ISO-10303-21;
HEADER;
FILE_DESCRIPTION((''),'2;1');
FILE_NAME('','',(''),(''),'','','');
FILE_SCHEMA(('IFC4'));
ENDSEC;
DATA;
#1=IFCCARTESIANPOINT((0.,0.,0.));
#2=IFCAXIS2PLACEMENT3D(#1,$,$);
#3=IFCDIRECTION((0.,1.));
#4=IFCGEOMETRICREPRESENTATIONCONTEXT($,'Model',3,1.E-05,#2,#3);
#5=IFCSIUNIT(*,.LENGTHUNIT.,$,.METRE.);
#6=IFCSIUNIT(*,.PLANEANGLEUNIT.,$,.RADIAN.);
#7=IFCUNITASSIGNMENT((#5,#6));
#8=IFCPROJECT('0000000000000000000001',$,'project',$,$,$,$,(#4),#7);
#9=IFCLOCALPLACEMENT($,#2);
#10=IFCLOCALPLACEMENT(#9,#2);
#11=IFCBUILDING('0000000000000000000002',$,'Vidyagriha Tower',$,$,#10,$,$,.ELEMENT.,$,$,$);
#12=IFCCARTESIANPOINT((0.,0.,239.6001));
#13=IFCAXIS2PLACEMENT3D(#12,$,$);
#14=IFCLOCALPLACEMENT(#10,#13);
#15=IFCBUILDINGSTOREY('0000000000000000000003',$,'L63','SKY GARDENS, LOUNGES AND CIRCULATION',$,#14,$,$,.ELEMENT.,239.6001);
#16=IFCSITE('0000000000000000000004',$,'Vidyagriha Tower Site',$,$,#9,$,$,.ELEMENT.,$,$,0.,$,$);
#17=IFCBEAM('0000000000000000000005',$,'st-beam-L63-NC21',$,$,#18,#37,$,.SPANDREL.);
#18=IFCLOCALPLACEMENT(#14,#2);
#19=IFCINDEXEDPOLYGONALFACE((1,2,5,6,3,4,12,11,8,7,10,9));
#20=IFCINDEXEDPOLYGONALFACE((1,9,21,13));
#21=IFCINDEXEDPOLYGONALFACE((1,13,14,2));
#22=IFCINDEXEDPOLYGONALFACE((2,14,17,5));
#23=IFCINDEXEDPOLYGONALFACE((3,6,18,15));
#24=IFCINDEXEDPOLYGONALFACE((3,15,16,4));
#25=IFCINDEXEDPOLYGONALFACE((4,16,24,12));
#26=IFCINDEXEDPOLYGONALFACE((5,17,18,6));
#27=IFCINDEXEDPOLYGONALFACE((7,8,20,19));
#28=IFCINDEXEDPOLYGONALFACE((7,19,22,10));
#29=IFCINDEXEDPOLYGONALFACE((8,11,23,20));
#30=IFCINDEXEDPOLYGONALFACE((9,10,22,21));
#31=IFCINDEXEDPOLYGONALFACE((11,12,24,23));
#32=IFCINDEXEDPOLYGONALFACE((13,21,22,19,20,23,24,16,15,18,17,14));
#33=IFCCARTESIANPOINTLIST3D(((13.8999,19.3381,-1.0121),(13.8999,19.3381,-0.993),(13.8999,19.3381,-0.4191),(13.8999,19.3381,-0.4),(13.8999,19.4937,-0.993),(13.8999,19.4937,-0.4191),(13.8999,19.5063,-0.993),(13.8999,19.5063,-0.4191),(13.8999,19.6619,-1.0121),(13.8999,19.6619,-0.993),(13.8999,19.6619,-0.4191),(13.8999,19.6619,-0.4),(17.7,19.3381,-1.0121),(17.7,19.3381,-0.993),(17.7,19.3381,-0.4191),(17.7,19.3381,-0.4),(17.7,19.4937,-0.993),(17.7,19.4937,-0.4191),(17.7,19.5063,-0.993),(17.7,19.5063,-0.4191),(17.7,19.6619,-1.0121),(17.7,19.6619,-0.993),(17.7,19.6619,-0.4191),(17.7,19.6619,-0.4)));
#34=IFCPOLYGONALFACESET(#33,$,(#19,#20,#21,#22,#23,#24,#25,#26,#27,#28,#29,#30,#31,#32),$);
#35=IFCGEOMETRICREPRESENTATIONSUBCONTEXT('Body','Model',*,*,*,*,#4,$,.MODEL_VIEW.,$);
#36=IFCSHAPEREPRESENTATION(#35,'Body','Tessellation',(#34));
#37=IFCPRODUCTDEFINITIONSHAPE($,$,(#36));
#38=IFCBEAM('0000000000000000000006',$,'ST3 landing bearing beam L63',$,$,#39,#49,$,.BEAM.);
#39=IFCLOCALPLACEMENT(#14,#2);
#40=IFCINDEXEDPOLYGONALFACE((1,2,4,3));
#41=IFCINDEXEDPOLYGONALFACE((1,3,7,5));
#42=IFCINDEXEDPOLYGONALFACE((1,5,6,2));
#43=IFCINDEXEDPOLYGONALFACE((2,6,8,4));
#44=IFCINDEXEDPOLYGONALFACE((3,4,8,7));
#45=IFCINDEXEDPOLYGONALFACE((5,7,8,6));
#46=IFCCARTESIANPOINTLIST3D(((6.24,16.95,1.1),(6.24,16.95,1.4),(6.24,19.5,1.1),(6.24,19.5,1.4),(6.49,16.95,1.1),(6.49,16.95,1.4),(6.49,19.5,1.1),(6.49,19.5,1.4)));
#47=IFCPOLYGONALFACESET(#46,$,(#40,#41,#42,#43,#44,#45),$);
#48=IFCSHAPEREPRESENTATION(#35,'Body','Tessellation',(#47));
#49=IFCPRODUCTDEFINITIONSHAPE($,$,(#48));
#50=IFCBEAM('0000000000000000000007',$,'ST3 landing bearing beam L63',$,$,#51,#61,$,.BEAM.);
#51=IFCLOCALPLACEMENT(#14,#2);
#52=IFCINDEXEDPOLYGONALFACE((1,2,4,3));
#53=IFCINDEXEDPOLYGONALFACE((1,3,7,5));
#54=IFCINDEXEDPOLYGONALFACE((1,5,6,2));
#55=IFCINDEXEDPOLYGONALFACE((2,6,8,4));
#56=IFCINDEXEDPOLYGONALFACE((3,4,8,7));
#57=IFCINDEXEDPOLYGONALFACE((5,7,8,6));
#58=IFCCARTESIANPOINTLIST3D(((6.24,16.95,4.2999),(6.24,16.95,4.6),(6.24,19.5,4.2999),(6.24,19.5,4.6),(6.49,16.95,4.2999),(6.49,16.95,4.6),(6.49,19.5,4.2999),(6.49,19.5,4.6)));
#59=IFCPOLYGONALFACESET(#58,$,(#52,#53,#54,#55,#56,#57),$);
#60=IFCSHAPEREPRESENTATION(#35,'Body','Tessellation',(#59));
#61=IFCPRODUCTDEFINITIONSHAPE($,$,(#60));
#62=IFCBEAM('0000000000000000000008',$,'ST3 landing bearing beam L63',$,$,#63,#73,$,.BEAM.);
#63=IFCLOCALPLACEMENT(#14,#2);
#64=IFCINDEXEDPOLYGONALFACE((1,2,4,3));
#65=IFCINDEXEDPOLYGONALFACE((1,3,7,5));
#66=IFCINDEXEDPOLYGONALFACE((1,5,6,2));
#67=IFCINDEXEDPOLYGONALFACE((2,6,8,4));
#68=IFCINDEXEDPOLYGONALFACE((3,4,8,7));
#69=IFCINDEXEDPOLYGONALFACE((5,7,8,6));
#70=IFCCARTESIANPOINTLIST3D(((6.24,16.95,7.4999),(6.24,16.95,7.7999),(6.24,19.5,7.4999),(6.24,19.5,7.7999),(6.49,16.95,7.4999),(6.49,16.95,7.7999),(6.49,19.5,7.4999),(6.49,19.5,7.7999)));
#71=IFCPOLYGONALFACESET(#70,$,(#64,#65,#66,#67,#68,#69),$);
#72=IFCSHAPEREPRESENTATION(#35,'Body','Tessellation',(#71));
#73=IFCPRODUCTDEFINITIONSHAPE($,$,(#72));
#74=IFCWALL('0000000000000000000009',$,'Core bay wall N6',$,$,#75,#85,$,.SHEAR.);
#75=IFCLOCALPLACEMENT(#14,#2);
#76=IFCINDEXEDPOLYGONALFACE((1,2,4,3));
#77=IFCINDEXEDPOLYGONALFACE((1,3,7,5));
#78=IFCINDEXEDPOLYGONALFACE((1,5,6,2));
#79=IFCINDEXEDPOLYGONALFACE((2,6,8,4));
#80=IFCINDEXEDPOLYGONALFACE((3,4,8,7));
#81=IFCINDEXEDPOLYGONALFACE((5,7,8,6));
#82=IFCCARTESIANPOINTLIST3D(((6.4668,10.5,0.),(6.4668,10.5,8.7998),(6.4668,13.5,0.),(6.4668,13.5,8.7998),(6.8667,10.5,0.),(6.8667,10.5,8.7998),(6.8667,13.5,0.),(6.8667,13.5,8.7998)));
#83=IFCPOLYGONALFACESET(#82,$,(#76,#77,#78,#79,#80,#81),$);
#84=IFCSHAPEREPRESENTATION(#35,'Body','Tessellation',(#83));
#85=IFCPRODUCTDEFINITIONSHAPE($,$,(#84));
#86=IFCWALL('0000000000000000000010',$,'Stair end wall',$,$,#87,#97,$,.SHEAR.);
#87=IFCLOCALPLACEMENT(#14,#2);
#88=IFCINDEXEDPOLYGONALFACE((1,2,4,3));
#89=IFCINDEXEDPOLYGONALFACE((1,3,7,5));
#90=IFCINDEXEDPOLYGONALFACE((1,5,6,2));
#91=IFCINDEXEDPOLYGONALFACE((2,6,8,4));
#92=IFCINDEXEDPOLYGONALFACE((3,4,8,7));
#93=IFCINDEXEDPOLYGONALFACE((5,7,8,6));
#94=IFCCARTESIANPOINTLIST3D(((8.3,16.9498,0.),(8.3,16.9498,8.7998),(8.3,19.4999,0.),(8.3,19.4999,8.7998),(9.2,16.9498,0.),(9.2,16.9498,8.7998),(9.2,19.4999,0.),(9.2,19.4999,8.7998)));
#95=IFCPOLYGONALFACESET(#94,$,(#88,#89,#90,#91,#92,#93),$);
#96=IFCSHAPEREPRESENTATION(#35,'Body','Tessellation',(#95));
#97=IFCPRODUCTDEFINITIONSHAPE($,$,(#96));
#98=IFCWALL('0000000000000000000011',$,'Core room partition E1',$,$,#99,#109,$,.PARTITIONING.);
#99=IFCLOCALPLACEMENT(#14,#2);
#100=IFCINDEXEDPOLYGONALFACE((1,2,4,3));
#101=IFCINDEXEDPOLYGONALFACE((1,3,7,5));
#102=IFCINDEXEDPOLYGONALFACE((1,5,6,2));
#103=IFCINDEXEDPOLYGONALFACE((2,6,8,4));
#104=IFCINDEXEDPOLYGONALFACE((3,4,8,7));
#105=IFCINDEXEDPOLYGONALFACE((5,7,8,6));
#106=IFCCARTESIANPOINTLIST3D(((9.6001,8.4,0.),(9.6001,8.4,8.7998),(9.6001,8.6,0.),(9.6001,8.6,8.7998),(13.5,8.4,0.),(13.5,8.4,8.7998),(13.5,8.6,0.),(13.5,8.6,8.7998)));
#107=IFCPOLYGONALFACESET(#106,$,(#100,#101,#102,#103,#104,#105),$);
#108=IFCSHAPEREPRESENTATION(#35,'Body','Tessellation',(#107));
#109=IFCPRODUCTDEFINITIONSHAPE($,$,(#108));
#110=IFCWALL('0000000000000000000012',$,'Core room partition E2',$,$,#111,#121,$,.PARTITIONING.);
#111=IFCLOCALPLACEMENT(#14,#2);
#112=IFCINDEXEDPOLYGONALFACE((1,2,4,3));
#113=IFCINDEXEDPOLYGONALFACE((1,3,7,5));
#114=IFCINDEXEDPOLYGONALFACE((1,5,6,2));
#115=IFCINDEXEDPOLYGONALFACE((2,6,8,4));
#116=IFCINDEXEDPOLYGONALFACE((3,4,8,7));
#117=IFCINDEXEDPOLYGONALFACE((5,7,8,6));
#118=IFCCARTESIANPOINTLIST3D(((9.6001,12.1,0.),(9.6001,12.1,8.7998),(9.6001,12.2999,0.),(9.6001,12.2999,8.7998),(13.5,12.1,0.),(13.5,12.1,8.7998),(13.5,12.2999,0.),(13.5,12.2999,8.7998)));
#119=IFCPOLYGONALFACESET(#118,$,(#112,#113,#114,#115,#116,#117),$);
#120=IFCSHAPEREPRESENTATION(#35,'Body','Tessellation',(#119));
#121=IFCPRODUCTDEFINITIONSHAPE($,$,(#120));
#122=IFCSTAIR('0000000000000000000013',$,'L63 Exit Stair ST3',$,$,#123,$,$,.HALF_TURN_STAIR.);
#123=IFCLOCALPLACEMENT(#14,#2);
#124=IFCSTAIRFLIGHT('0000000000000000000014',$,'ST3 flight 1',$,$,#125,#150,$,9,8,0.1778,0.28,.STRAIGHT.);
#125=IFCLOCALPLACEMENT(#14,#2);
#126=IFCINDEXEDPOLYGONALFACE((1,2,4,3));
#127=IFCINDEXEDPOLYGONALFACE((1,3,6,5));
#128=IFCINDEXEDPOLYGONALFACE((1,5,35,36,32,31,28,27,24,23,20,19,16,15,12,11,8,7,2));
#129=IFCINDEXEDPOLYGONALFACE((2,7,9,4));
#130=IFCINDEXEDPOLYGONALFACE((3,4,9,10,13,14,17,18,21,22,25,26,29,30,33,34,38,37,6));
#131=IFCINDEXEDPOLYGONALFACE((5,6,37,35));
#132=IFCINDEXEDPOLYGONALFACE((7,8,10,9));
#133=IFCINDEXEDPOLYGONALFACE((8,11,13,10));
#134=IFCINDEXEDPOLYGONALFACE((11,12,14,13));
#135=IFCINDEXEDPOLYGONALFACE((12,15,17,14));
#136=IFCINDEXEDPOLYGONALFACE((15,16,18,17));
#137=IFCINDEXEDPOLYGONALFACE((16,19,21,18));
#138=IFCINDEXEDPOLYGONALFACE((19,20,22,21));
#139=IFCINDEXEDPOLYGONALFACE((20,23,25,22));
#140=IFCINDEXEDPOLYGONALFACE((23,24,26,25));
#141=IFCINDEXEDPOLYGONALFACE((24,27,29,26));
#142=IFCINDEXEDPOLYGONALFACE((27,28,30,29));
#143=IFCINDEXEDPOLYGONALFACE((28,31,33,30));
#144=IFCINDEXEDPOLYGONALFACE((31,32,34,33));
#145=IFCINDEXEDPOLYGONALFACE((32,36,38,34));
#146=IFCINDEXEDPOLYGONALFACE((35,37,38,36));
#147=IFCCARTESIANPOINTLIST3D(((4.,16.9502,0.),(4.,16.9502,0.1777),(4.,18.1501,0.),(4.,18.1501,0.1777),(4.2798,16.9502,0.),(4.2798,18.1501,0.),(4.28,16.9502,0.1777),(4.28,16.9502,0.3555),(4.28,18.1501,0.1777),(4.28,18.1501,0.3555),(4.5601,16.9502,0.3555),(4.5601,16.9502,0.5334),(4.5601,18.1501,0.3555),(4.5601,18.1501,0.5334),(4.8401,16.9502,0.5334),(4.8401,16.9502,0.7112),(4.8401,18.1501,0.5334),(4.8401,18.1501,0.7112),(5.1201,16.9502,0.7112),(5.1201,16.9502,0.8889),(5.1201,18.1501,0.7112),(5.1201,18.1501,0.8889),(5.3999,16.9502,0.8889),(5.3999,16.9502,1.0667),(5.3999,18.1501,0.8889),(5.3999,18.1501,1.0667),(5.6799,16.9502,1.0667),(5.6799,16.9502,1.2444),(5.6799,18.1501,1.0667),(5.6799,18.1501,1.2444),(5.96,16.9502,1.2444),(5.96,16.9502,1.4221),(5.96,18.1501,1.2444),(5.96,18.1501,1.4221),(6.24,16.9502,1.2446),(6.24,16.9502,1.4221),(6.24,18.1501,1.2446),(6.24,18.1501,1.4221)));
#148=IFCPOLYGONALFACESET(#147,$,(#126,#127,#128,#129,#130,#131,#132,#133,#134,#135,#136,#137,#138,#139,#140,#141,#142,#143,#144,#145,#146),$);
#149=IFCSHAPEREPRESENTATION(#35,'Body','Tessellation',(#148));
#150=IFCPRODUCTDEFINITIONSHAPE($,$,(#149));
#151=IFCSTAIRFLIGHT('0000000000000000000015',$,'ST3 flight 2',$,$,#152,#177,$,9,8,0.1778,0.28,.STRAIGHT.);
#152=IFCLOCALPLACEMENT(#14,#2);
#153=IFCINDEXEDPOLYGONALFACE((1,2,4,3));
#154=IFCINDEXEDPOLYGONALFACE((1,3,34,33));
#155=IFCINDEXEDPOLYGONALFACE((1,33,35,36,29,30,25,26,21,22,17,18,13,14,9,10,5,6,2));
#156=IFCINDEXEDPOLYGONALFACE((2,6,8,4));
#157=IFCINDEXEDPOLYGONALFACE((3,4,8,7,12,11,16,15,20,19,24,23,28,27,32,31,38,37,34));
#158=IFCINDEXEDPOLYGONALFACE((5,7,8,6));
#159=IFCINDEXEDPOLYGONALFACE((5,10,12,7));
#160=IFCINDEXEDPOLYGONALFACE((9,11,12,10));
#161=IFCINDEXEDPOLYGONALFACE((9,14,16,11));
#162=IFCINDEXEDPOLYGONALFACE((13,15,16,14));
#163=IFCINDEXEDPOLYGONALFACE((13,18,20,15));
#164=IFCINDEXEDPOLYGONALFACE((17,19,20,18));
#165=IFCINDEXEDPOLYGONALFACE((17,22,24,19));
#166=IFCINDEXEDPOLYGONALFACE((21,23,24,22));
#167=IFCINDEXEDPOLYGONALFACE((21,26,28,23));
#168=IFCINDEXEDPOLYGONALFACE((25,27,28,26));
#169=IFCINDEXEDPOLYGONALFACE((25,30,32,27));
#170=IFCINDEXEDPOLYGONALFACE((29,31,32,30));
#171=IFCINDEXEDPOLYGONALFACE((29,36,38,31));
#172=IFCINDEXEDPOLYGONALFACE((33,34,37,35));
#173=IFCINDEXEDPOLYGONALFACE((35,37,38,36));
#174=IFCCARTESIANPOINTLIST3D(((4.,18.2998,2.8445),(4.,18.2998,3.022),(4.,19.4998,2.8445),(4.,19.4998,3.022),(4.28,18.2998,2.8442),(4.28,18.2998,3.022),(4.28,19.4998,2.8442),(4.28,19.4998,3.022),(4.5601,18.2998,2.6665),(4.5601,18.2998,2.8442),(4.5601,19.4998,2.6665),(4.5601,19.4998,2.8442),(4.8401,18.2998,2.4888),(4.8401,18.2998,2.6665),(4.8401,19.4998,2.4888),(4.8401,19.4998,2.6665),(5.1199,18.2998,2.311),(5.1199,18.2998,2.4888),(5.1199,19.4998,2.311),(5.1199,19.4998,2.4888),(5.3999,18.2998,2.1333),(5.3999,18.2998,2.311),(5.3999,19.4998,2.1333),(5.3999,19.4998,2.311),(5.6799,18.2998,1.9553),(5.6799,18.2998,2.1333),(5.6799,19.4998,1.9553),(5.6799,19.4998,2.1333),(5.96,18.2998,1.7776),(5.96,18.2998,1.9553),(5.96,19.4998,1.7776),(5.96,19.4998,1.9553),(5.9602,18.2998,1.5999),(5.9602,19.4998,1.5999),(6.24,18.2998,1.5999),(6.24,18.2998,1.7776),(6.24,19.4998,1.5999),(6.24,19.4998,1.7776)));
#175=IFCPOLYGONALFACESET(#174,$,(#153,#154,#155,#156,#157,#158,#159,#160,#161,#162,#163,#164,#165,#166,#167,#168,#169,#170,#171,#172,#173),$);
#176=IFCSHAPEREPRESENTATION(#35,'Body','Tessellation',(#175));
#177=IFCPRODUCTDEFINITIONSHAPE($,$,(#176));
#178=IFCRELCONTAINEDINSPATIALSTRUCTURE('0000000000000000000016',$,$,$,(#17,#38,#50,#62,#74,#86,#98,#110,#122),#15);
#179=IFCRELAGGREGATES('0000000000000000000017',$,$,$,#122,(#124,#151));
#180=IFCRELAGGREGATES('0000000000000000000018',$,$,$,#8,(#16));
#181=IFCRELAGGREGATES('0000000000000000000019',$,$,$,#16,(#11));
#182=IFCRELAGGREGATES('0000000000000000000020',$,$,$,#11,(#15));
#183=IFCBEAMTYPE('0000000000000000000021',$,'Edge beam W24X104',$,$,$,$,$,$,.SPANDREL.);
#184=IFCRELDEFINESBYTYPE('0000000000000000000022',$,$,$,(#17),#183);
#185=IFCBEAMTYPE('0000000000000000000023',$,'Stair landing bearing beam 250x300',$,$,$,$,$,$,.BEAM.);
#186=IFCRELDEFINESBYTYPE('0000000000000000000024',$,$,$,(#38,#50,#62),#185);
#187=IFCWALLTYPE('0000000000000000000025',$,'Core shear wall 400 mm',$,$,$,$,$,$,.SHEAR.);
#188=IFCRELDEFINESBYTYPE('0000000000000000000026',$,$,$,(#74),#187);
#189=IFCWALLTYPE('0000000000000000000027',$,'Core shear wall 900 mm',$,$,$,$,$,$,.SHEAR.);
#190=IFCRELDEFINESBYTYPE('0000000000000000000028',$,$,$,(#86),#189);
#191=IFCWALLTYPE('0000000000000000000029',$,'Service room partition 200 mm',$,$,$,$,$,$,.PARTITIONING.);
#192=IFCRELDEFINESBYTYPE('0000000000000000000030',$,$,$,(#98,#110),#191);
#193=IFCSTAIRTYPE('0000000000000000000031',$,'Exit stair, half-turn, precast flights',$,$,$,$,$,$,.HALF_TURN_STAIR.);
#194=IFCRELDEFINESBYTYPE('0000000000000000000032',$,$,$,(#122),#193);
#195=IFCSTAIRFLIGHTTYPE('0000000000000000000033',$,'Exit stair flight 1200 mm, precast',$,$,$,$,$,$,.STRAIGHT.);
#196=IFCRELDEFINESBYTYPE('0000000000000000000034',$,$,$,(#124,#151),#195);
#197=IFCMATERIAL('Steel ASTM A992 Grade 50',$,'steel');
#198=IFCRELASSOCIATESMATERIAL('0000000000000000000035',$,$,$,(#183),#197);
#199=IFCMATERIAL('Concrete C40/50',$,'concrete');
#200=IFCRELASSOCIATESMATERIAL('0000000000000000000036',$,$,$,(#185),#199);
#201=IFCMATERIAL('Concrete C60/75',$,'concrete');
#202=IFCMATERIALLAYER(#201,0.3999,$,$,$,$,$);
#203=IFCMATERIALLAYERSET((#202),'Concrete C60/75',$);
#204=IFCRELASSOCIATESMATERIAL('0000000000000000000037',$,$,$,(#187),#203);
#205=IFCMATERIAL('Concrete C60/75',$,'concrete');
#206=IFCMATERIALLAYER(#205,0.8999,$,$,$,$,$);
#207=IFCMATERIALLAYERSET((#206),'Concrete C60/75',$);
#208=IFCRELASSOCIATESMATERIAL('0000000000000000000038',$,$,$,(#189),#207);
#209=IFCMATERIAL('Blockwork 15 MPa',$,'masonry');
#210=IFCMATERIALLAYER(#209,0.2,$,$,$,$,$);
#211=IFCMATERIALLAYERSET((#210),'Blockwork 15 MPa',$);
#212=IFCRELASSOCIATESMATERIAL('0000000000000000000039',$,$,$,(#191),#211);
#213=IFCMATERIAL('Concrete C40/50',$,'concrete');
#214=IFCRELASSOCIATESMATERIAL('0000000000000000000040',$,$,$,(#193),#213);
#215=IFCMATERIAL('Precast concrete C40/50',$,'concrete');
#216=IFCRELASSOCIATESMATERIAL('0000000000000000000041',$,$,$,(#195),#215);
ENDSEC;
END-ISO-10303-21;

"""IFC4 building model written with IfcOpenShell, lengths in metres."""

from ifc_helpers import new_model, si_unit, direction, frame, frame_2d, origin, origin_2d, place, context, subcontext, project, spatial, polyline, rectangle, i_section, outline, extrude, material, layer, layer_set, material_profile, profile_set, type_object, element, aggregate, save


model = new_model("IFC4")

# Units and contexts
model_context = context("Model", 3, precision=1e-05, world=origin(), true_north=direction((0.0, 1.0)))
body_context = subcontext(model_context, "Body", "Model", "MODEL_VIEW")
ifc_project = project(units=[si_unit("LENGTHUNIT", "METRE"), si_unit("PLANEANGLEUNIT", "RADIAN")], contexts=[model_context])

# Site, building, storey
site_placement = place(None, origin())
site = spatial("IfcSite", under=ifc_project, at=site_placement, Name="Vidyagriha Tower Site", CompositionType="ELEMENT", RefElevation=0.0)
building_placement = place(site_placement, origin())
building = spatial("IfcBuilding", under=site, at=building_placement, Name="Vidyagriha Tower", CompositionType="ELEMENT")
storey_placement = place(building_placement, frame((0.0, 0.0, 239.6001)))
storey = spatial("IfcBuildingStorey", under=building, at=storey_placement, Name="L63", Description="SKY GARDENS, LOUNGES AND CIRCULATION", CompositionType="ELEMENT", Elevation=239.6001)

# Beams
ifc_material_1 = material(Name="Steel ASTM A992 Grade 50", Category="steel")
ifc_material_profile_1 = material_profile(ifc_material_1, i_section(OverallWidth=0.3237, OverallDepth=0.6121, WebThickness=0.0127, FlangeThickness=0.019, at=origin_2d()), Name="W24X104")
ifc_profile_set_1 = profile_set([ifc_material_profile_1], Name="Steel ASTM A992 Grade 50")
beam_type_1 = type_object("IfcBeamType", Name="Edge beam W24X104", PredefinedType="SPANDREL", material=ifc_profile_set_1)
beam_placement = place(storey_placement, frame((13.8999, 19.5, -0.7061), z_axis=(1.0, 0.0, 0.0), x_axis=(0.0, 1.0, 0.0)))
element("IfcBeam", 1, at=beam_placement, inside=storey, type_object=beam_type_1, Name="st-beam-L63-NC21", PredefinedType="SPANDREL", context=body_context, shape_type="SweptSolid", body=[
    extrude(i_section(OverallWidth=0.3237, OverallDepth=0.6121, WebThickness=0.0127, FlangeThickness=0.019, at=origin_2d()), origin(), (0.0, 0.0, 1.0), 3.8),
])
ifc_material_2 = material(Name="Concrete C40/50", Category="concrete")
ifc_material_profile_2 = material_profile(ifc_material_2, rectangle(XDim=0.25, YDim=0.3, at=origin_2d()), Name="Stair landing bearing beam 250x300")
ifc_profile_set_2 = profile_set([ifc_material_profile_2], Name="Concrete C40/50")
beam_type_2 = type_object("IfcBeamType", Name="Stair landing bearing beam 250x300", PredefinedType="BEAM", material=ifc_profile_set_2)
for number, where, z_axis, x_axis, name in (
    (2, (6.365, 16.95, 1.25), (0.0, 1.0, 0.0), (-1.0, 0.0, 0.0), "ST3 landing bearing beam L63"),
    (3, (6.365, 16.95, 4.45), (0.0, 1.0, 0.0), (-1.0, 0.0, 0.0), "ST3 landing bearing beam L63"),
    (4, (6.365, 16.95, 7.6499), (0.0, 1.0, 0.0), (-1.0, 0.0, 0.0), "ST3 landing bearing beam L63"),
):
    element("IfcBeam", number, at=place(storey_placement, frame(where, z_axis=z_axis, x_axis=x_axis)), inside=storey, type_object=beam_type_2, Name=name, PredefinedType="BEAM", context=body_context, shape_type="SweptSolid", body=[
        extrude(rectangle(XDim=0.25, YDim=0.3, at=origin_2d()), origin(), (0.0, 0.0, 1.0), 2.55),
    ])

# Walls
ifc_material_3 = material(Name="Concrete C60/75", Category="concrete")
ifc_layer_1 = layer(ifc_material_3, 0.3999)
ifc_layer_set_1 = layer_set([ifc_layer_1], Name="Concrete C60/75")
wall_type_1 = type_object("IfcWallType", Name="Core shear wall 400 mm", PredefinedType="SHEAR", material=ifc_layer_set_1)
wall_1_placement = place(storey_placement, frame((6.6667, 10.5, 0.0), z_axis=(0.0, 0.0, 1.0), x_axis=(0.0, 1.0, 0.0)))
element("IfcWall", 5, at=wall_1_placement, inside=storey, type_object=wall_type_1, Name="Core bay wall N6", PredefinedType="SHEAR", context=body_context, shape_type="SweptSolid", body=[
    extrude(rectangle(XDim=3.0, YDim=0.3999, at=frame_2d((1.5, 0.0))), origin(), (0.0, 0.0, 1.0), 8.7998),
])
ifc_material_4 = material(Name="Concrete C60/75", Category="concrete")
ifc_layer_2 = layer(ifc_material_4, 0.8999)
ifc_layer_set_2 = layer_set([ifc_layer_2], Name="Concrete C60/75")
wall_type_2 = type_object("IfcWallType", Name="Core shear wall 900 mm", PredefinedType="SHEAR", material=ifc_layer_set_2)
wall_2_placement = place(storey_placement, frame((8.75, 16.95, 0.0), z_axis=(0.0, 0.0, 1.0), x_axis=(0.0, 1.0, 0.0)))
element("IfcWall", 6, at=wall_2_placement, inside=storey, type_object=wall_type_2, Name="Stair end wall", PredefinedType="SHEAR", context=body_context, shape_type="SweptSolid", body=[
    extrude(rectangle(XDim=2.55, YDim=0.8999, at=frame_2d((1.2749, 0.0))), origin(), (0.0, 0.0, 1.0), 8.7998),
])
ifc_material_5 = material(Name="Blockwork 15 MPa", Category="masonry")
ifc_layer_3 = layer(ifc_material_5, 0.2)
ifc_layer_set_3 = layer_set([ifc_layer_3], Name="Blockwork 15 MPa")
wall_type_3 = type_object("IfcWallType", Name="Service room partition 200 mm", PredefinedType="PARTITIONING", material=ifc_layer_set_3)
for number, where, name in (
    (7, (9.6001, 8.5, 0.0), "Core room partition E1"),
    (8, (9.6001, 12.2, 0.0), "Core room partition E2"),
):
    element("IfcWall", number, at=place(storey_placement, frame(where)), inside=storey, type_object=wall_type_3, Name=name, PredefinedType="PARTITIONING", context=body_context, shape_type="SweptSolid", body=[
        extrude(rectangle(XDim=3.8999, YDim=0.2, at=frame_2d((1.95, 0.0))), origin(), (0.0, 0.0, 1.0), 8.7998),
    ])

# Stair, stair flights
ifc_material_6 = material(Name="Concrete C40/50", Category="concrete")
stair_type = type_object("IfcStairType", Name="Exit stair, half-turn, precast flights", PredefinedType="HALF_TURN_STAIR", material=ifc_material_6)
stair_placement = place(storey_placement, origin())
stair = element("IfcStair", 9, at=stair_placement, inside=storey, type_object=stair_type, Name="L63 Exit Stair ST3", PredefinedType="HALF_TURN_STAIR")
ifc_material_7 = material(Name="Precast concrete C40/50", Category="concrete")
stair_flight_type = type_object("IfcStairFlightType", Name="Exit stair flight 1200 mm, precast", PredefinedType="STRAIGHT", material=ifc_material_7)
stair_flight_1_placement = place(storey_placement, frame((4.0, 17.55, 0.0)))
stair_flight_1 = element("IfcStairFlight", 10, at=stair_flight_1_placement, type_object=stair_flight_type, Name="ST3 flight 1", NumberOfRisers=9, NumberOfTreads=8, PredefinedType="STRAIGHT", RiserHeight=0.1778, TreadLength=0.28, context=body_context, shape_type="SweptSolid", body=[
    extrude(outline(polyline([(0.0, 0.0), (0.0, 0.1777), (0.28, 0.1777), (0.28, 0.3555), (0.5601, 0.3555), (0.5601, 0.5334), (0.8401, 0.5334), (0.8401, 0.7112), (1.1201, 0.7112), (1.1201, 0.8889), (1.3999, 0.8889), (1.3999, 1.0667), (1.6799, 1.0667), (1.6799, 1.2444), (1.96, 1.2444), (1.96, 1.4221), (2.24, 1.4221), (2.24, 1.6001), (2.24, 1.2446), (0.2798, 0.0), (0.0, 0.0)])), frame((0.0, 0.6001, 0.0), z_axis=(0.0, -1.0, 0.0), x_axis=(1.0, 0.0, 0.0)), (0.0, 0.0, 1.0), 1.2),
])
stair_flight_2_placement = place(storey_placement, frame((6.24, 18.8999, 1.5999), z_axis=(0.0, 0.0, 1.0), x_axis=(-1.0, 0.0, 0.0)))
stair_flight_2 = element("IfcStairFlight", 11, at=stair_flight_2_placement, type_object=stair_flight_type, Name="ST3 flight 2", NumberOfRisers=9, NumberOfTreads=8, PredefinedType="STRAIGHT", RiserHeight=0.1778, TreadLength=0.28, context=body_context, shape_type="SweptSolid", body=[
    extrude(outline(polyline([(0.0, 0.0), (0.0, 0.1777), (0.28, 0.1777), (0.28, 0.3555), (0.5601, 0.3555), (0.5601, 0.5334), (0.8401, 0.5334), (0.8401, 0.7112), (1.1201, 0.7112), (1.1201, 0.8889), (1.3999, 0.8889), (1.3999, 1.0667), (1.6799, 1.0667), (1.6799, 1.2444), (1.96, 1.2444), (1.96, 1.4221), (2.24, 1.4221), (2.24, 1.6001), (2.24, 1.2446), (0.2798, 0.0), (0.0, 0.0)])), frame((0.0, 0.6001, 0.0), z_axis=(0.0, -1.0, 0.0), x_axis=(1.0, 0.0, 0.0)), (0.0, 0.0, 1.0), 1.2),
])
aggregate(stair, [stair_flight_1, stair_flight_2])

save(model, "model.ifc")
